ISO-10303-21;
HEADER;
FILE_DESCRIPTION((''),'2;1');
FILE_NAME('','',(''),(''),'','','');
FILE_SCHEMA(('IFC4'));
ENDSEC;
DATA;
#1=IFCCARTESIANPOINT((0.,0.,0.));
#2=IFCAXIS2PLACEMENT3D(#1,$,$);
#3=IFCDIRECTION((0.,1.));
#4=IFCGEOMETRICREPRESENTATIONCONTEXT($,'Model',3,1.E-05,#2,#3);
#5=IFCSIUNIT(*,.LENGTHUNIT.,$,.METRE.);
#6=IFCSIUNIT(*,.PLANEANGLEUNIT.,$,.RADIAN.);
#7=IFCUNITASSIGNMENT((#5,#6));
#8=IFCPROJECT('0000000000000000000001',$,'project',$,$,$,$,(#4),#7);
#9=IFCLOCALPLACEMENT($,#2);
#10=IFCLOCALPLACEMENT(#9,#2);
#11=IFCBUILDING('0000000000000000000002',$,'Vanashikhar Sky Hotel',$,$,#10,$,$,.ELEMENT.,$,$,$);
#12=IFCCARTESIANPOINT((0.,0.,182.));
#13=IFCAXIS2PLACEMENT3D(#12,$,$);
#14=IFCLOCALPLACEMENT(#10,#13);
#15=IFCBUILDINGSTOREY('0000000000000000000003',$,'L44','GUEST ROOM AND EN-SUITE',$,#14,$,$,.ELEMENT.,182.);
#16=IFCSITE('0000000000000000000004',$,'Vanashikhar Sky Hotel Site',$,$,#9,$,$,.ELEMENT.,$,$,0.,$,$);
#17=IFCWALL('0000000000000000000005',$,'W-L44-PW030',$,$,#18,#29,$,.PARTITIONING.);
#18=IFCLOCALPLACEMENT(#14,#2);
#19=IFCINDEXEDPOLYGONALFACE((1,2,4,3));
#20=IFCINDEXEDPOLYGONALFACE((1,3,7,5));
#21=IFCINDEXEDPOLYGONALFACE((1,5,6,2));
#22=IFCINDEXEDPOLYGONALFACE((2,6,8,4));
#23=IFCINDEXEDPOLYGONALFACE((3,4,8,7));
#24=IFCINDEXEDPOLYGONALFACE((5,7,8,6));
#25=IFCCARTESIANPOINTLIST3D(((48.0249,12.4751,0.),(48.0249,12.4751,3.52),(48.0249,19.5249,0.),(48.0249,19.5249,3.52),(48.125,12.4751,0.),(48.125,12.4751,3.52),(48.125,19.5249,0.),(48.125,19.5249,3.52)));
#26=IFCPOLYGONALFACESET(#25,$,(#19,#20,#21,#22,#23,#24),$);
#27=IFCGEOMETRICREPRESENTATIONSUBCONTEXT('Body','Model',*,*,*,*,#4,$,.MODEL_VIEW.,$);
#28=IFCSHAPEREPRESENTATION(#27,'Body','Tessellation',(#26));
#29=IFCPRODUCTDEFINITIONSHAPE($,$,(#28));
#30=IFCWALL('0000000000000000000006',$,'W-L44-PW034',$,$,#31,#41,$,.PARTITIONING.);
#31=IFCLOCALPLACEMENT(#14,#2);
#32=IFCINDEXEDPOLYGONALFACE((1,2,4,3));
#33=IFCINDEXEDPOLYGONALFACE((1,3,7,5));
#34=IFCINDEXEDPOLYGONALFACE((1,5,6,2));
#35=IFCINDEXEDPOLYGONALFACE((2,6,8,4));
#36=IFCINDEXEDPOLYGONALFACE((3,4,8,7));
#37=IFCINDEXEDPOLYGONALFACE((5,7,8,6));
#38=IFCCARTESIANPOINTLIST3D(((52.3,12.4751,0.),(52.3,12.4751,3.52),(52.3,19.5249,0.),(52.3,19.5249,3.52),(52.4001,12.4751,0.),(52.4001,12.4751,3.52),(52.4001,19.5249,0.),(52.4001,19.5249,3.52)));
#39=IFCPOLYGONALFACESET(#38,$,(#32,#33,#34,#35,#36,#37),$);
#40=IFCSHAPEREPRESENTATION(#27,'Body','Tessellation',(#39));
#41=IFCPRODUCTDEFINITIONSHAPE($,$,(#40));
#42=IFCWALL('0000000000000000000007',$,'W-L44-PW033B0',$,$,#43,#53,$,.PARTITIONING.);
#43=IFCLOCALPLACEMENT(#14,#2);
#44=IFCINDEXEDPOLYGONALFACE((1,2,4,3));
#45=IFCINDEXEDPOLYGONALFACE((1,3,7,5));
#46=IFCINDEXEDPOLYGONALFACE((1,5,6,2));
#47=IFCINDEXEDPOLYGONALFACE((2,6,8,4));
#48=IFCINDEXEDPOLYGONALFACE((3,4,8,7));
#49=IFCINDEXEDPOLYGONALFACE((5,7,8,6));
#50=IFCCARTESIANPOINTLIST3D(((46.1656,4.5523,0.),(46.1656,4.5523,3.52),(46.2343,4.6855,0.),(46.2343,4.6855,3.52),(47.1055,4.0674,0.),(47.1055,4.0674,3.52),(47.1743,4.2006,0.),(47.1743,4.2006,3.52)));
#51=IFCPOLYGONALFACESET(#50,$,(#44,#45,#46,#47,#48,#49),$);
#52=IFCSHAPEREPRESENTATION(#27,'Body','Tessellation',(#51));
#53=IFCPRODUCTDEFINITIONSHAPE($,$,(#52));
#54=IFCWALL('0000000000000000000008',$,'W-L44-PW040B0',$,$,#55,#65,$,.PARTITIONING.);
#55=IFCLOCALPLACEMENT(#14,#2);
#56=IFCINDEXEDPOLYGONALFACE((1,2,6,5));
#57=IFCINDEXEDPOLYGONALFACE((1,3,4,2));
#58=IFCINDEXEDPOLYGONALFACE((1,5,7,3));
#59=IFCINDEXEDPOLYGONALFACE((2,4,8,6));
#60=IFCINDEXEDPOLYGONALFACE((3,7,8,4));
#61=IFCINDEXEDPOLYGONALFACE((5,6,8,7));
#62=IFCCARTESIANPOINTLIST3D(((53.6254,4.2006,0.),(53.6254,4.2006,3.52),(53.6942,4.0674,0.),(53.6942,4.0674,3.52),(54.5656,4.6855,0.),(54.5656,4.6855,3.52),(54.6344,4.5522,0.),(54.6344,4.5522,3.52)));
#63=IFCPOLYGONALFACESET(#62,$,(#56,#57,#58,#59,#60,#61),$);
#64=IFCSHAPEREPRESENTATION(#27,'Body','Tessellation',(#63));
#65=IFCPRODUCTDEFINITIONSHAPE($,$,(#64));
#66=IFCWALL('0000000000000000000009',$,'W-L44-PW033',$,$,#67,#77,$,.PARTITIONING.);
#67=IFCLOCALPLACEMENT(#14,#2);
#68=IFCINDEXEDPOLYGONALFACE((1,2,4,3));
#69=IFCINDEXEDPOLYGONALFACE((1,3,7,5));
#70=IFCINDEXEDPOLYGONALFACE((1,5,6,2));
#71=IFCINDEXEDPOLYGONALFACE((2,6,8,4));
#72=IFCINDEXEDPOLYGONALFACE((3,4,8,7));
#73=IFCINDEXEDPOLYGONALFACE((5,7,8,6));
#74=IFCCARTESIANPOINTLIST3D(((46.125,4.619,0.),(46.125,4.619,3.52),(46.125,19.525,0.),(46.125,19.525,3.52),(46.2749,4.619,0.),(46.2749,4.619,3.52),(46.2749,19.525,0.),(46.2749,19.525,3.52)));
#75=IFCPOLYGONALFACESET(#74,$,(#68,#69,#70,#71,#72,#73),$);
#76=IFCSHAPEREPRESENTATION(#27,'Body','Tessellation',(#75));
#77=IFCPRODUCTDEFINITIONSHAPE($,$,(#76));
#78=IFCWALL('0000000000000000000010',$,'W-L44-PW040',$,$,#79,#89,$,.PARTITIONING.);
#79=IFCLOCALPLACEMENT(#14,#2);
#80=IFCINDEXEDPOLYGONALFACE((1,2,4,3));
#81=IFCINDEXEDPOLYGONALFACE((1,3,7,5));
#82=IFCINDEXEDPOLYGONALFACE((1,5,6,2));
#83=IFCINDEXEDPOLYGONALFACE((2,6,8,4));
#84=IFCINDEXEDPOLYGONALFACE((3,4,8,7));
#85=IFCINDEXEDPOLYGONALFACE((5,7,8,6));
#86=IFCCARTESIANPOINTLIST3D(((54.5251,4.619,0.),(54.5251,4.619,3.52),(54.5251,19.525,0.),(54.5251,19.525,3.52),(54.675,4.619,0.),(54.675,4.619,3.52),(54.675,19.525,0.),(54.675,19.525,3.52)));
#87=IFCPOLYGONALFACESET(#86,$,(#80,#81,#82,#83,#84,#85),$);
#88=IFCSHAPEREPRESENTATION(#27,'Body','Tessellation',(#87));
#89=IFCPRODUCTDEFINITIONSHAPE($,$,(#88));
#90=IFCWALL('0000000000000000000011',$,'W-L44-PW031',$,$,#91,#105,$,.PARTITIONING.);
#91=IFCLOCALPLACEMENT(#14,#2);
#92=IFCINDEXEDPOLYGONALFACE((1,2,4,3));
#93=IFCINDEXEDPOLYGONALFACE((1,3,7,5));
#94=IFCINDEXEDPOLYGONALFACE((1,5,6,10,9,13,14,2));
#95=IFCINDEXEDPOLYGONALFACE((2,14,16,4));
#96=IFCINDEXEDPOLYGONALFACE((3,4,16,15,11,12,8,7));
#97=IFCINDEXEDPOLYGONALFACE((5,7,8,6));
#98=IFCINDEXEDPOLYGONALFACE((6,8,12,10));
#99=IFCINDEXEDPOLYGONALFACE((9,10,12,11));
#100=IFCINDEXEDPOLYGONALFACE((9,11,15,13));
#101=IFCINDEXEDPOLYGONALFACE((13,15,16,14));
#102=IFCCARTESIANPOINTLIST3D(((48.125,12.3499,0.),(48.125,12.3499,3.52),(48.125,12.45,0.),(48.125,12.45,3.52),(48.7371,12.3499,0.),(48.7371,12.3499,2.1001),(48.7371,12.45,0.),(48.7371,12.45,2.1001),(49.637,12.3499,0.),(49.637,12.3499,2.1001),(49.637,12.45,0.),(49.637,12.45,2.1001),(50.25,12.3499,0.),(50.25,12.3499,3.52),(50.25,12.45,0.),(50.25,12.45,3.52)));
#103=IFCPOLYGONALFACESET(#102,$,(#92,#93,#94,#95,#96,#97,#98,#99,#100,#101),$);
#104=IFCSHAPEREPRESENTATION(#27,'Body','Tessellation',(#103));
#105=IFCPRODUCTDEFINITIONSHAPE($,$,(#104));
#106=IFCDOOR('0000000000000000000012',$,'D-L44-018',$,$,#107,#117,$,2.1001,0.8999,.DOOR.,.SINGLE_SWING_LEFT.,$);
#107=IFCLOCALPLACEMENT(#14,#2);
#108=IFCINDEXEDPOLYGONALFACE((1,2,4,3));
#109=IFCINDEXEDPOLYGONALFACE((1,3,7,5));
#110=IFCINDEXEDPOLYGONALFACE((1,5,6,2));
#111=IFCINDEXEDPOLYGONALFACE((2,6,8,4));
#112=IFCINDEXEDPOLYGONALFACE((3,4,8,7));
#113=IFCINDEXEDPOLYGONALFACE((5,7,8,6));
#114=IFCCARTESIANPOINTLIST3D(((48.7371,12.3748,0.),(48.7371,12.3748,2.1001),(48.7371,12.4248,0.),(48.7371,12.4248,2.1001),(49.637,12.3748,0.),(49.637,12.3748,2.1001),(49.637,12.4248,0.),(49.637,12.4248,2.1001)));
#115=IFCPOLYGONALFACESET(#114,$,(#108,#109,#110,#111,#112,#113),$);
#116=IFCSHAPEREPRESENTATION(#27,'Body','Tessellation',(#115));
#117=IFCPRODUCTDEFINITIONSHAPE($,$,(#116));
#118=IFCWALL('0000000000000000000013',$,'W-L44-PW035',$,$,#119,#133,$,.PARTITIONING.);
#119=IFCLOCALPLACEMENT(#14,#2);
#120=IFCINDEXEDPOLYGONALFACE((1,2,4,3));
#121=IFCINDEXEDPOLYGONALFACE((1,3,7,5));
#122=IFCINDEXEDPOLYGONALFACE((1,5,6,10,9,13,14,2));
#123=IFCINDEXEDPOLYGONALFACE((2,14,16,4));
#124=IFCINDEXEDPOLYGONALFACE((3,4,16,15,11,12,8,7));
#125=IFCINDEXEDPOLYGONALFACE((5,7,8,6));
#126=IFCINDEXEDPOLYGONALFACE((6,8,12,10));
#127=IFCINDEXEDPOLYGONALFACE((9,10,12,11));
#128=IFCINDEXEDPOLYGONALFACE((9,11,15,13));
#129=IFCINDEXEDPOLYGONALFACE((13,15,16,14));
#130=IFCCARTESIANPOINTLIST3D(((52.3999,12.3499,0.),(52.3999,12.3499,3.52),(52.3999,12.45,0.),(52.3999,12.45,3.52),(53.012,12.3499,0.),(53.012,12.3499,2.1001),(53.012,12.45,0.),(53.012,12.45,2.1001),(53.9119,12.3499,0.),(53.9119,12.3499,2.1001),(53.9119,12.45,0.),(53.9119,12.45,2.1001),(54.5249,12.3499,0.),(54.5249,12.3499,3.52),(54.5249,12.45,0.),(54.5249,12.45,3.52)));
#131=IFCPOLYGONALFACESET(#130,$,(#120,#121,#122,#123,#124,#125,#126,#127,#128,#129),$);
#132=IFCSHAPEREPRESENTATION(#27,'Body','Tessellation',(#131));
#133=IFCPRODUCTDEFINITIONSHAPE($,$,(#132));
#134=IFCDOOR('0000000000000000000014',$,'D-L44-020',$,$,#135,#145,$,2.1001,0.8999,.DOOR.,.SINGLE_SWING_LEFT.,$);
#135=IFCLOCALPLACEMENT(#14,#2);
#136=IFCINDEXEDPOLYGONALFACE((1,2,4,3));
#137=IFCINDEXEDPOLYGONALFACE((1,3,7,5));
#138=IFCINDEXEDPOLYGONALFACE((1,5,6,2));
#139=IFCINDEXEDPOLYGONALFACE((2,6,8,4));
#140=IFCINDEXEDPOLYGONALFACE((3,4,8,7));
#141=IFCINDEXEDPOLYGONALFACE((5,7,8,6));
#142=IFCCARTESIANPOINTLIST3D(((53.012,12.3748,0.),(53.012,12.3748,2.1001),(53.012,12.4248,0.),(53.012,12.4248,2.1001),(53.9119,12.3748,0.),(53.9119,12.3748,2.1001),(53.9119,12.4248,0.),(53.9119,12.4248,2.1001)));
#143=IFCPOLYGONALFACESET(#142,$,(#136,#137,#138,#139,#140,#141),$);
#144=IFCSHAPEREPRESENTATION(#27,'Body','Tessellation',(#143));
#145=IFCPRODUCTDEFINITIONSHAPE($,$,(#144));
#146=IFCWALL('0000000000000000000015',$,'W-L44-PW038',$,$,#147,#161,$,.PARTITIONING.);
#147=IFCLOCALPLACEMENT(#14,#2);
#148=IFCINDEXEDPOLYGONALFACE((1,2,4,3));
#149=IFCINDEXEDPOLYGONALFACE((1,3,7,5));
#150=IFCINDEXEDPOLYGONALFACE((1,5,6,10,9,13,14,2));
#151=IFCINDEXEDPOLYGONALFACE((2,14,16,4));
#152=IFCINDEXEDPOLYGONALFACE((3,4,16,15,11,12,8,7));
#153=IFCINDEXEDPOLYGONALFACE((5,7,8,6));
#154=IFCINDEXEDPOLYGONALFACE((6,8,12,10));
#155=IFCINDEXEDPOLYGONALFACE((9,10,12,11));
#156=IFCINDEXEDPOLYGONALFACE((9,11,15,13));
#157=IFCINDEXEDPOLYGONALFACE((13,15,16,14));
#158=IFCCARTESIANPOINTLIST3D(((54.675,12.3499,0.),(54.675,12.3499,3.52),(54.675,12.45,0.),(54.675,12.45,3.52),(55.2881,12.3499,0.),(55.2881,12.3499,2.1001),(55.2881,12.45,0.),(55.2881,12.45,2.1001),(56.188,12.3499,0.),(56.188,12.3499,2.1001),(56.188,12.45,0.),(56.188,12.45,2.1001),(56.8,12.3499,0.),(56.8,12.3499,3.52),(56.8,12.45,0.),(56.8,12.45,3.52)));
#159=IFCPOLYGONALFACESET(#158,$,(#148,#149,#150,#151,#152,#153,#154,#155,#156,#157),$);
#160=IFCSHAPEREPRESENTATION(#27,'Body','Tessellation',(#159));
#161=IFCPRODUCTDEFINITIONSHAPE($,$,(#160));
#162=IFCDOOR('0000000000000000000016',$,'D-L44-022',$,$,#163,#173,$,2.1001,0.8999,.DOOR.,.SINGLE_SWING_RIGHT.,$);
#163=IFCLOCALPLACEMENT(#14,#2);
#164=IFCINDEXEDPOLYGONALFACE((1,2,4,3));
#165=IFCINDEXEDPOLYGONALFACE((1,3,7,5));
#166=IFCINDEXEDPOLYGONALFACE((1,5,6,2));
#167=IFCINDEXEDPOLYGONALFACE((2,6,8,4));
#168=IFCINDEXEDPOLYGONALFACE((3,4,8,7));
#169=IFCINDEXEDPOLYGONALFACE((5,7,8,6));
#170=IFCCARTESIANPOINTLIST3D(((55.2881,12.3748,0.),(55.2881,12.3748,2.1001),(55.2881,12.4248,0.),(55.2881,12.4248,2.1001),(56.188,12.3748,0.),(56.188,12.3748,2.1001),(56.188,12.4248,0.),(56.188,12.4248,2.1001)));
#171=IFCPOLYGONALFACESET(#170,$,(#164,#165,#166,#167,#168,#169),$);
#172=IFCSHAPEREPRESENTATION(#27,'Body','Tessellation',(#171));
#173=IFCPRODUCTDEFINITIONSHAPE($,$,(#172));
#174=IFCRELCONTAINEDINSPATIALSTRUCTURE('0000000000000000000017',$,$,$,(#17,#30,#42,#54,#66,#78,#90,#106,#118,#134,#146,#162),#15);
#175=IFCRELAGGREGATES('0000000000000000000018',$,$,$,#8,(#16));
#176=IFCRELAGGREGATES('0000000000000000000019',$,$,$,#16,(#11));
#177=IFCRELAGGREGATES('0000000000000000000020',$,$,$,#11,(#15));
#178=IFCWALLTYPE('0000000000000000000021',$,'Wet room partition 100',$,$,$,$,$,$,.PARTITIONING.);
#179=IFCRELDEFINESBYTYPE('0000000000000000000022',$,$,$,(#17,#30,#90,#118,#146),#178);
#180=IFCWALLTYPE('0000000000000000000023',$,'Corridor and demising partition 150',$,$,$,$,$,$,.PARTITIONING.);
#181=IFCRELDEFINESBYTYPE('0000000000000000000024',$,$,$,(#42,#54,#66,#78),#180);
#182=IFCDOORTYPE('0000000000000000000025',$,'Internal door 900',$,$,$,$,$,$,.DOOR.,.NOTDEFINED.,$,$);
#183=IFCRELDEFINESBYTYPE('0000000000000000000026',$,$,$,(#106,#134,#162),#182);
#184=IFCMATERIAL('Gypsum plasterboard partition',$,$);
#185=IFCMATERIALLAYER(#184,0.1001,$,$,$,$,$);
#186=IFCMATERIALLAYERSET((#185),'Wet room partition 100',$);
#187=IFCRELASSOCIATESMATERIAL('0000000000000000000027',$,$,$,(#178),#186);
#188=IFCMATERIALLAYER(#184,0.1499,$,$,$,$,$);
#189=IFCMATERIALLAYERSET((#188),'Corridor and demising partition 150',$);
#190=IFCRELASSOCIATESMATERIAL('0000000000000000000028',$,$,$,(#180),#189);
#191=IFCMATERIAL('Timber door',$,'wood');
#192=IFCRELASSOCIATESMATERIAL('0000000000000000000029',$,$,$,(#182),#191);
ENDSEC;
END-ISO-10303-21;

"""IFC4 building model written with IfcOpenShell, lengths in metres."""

from ifc_helpers import new_model, si_unit, direction, frame, frame_2d, origin, place, context, subcontext, project, spatial, rectangle, extrude, source, transform, mapped, material, layer, layer_set, type_object, element, fill, save


model = new_model("IFC4")

# Units and contexts
model_context = context("Model", 3, precision=1e-05, world=origin(), true_north=direction((0.0, 1.0)))
body_context = subcontext(model_context, "Body", "Model", "MODEL_VIEW")
ifc_project = project(units=[si_unit("LENGTHUNIT", "METRE"), si_unit("PLANEANGLEUNIT", "RADIAN")], contexts=[model_context])

# Site, building, storey
site_placement = place(None, origin())
site = spatial("IfcSite", under=ifc_project, at=site_placement, Name="Vanashikhar Sky Hotel Site", CompositionType="ELEMENT", RefElevation=0.0)
building_placement = place(site_placement, origin())
building = spatial("IfcBuilding", under=site, at=building_placement, Name="Vanashikhar Sky Hotel", CompositionType="ELEMENT")
storey_placement = place(building_placement, frame((0.0, 0.0, 182.0)))
storey = spatial("IfcBuildingStorey", under=building, at=storey_placement, Name="L44", Description="GUEST ROOM AND EN-SUITE", CompositionType="ELEMENT", Elevation=182.0)

# Walls
ifc_material_1 = material(Name="Gypsum plasterboard partition")
ifc_layer_1 = layer(ifc_material_1, 0.1001)
ifc_layer_set_1 = layer_set([ifc_layer_1], Name="Wet room partition 100")
wall_type_1 = type_object("IfcWallType", Name="Wet room partition 100", PredefinedType="PARTITIONING", material=ifc_layer_set_1)
shared_shape_1 = source(origin(), body_context, "Body", "SweptSolid", [
    extrude(rectangle(XDim=7.0498, YDim=0.1001, at=frame_2d((3.5249, 0.0))), origin(), (0.0, 0.0, 1.0), 3.52),
])
for number, where, z_axis, x_axis, name in (
    (1, (48.075, 12.4751, 0.0), (0.0, 0.0, 1.0), (0.0, 1.0, 0.0), "W-L44-PW030"),
    (2, (52.3501, 12.4751, 0.0), (0.0, 0.0, 1.0), (0.0, 1.0, 0.0), "W-L44-PW034"),
):
    element("IfcWall", number, at=place(storey_placement, frame(where, z_axis=z_axis, x_axis=x_axis)), inside=storey, type_object=wall_type_1, Name=name, PredefinedType="PARTITIONING", context=body_context, shape_type="MappedRepresentation", body=[
        mapped(shared_shape_1, transform((0.0, 0.0, 0.0), scale=1.0)),
    ])
ifc_layer_2 = layer(ifc_material_1, 0.1499)
ifc_layer_set_2 = layer_set([ifc_layer_2], Name="Corridor and demising partition 150")
wall_type_2 = type_object("IfcWallType", Name="Corridor and demising partition 150", PredefinedType="PARTITIONING", material=ifc_layer_set_2)
shared_shape_2 = source(origin(), body_context, "Body", "SweptSolid", [
    extrude(rectangle(XDim=1.0576, YDim=0.1499, at=frame_2d((0.5288, 0.0))), origin(), (0.0, 0.0, 1.0), 3.52),
])
wall_1_placement = place(storey_placement, frame((47.1399, 4.134, 0.0), z_axis=(0.0, 0.0, 1.0), x_axis=(-0.888724, 0.458443, 0.0)))
element("IfcWall", 3, at=wall_1_placement, inside=storey, type_object=wall_type_2, Name="W-L44-PW033B0", PredefinedType="PARTITIONING", context=body_context, shape_type="MappedRepresentation", body=[
    mapped(shared_shape_2, transform((0.0, 0.0, 0.0), scale=1.0)),
])
shared_shape_3 = source(origin(), body_context, "Body", "SweptSolid", [
    extrude(rectangle(XDim=1.0579, YDim=0.1499, at=frame_2d((0.5288, 0.0))), origin(), (0.0, 0.0, 1.0), 3.52),
])
wall_2_placement = place(storey_placement, frame((53.6599, 4.134, 0.0), z_axis=(0.0, 0.0, 1.0), x_axis=(0.888772, 0.458349, 0.0)))
element("IfcWall", 4, at=wall_2_placement, inside=storey, type_object=wall_type_2, Name="W-L44-PW040B0", PredefinedType="PARTITIONING", context=body_context, shape_type="MappedRepresentation", body=[
    mapped(shared_shape_3, transform((0.0, 0.0, 0.0), scale=1.0)),
])
shared_shape_4 = source(origin(), body_context, "Body", "SweptSolid", [
    extrude(rectangle(XDim=14.906, YDim=0.1499, at=frame_2d((7.4531, 0.0))), origin(), (0.0, 0.0, 1.0), 3.52),
])
for number, where, z_axis, x_axis, name in (
    (5, (46.2, 4.6189, 0.0), (0.0, 0.0, 1.0), (0.0, 1.0, 0.0), "W-L44-PW033"),
    (6, (54.6001, 4.6189, 0.0), (0.0, 0.0, 1.0), (0.0, 1.0, 0.0), "W-L44-PW040"),
):
    element("IfcWall", number, at=place(storey_placement, frame(where, z_axis=z_axis, x_axis=x_axis)), inside=storey, type_object=wall_type_2, Name=name, PredefinedType="PARTITIONING", context=body_context, shape_type="MappedRepresentation", body=[
        mapped(shared_shape_4, transform((0.0, 0.0, 0.0), scale=1.0)),
    ])

# Walls, openings, doors
shared_shape_5 = source(origin(), body_context, "Body", "SweptSolid", [
    extrude(rectangle(XDim=2.125, YDim=0.1001, at=frame_2d((1.0625, 0.0))), origin(), (0.0, 0.0, 1.0), 3.52),
])
wall_3_placement = place(storey_placement, frame((48.125, 12.3999, 0.0), z_axis=(0.0, 0.0, 1.0), x_axis=(1.0, 0.0, 0.0)))
wall_3 = element("IfcWall", 7, at=wall_3_placement, inside=storey, type_object=wall_type_1, Name="W-L44-PW031", PredefinedType="PARTITIONING", context=body_context, shape_type="MappedRepresentation", body=[
    mapped(shared_shape_5, transform((0.0, 0.0, 0.0), scale=1.0)),
])
shared_shape_6 = source(origin(), body_context, "Body", "SweptSolid", [
    extrude(rectangle(XDim=0.8999, YDim=2.1001, at=frame_2d((0.45, 1.05))), frame((0.0, 0.0601, 0.0), z_axis=(0.0, -1.0, 0.0), x_axis=(1.0, 0.0, 0.0)), (0.0, 0.0, 1.0), 0.1201),
])
opening_1_placement = place(wall_3_placement, frame((0.6121, 0.0, 0.0)))
opening_1 = element("IfcOpeningElement", 8, at=opening_1_placement, cuts=wall_3, PredefinedType="OPENING", context=body_context, shape_type="MappedRepresentation", body=[
    mapped(shared_shape_6, transform((0.0, 0.0, 0.0), scale=1.0)),
])
ifc_material_2 = material(Name="Timber door", Category="wood")
door_type = type_object("IfcDoorType", Name="Internal door 900", OperationType="NOTDEFINED", PredefinedType="DOOR", material=ifc_material_2)
shared_shape_7 = source(origin(), body_context, "Body", "SweptSolid", [
    extrude(rectangle(XDim=0.8999, YDim=2.1001, at=frame_2d((0.45, 1.05))), frame((0.0, 0.0249, 0.0), z_axis=(0.0, -1.0, 0.0), x_axis=(1.0, 0.0, 0.0)), (0.0, 0.0, 1.0), 0.05),
])
door_1_placement = place(opening_1_placement, origin())
door_1 = element("IfcDoor", 9, at=door_1_placement, inside=storey, type_object=door_type, Name="D-L44-018", OperationType="SINGLE_SWING_LEFT", OverallHeight=2.1001, OverallWidth=0.8999, PredefinedType="DOOR", context=body_context, shape_type="MappedRepresentation", body=[
    mapped(shared_shape_7, transform((0.0, 0.0, 0.0), scale=1.0)),
])
fill(opening_1, door_1)
wall_4_placement = place(storey_placement, frame((52.3999, 12.3999, 0.0), z_axis=(0.0, 0.0, 1.0), x_axis=(1.0, 0.0, 0.0)))
wall_4 = element("IfcWall", 10, at=wall_4_placement, inside=storey, type_object=wall_type_1, Name="W-L44-PW035", PredefinedType="PARTITIONING", context=body_context, shape_type="MappedRepresentation", body=[
    mapped(shared_shape_5, transform((0.0, 0.0, 0.0), scale=1.0)),
])
opening_2_placement = place(wall_4_placement, frame((0.6121, 0.0, 0.0)))
opening_2 = element("IfcOpeningElement", 11, at=opening_2_placement, cuts=wall_4, PredefinedType="OPENING", context=body_context, shape_type="MappedRepresentation", body=[
    mapped(shared_shape_6, transform((0.0, 0.0, 0.0), scale=1.0)),
])
door_2_placement = place(opening_2_placement, origin())
door_2 = element("IfcDoor", 12, at=door_2_placement, inside=storey, type_object=door_type, Name="D-L44-020", OperationType="SINGLE_SWING_LEFT", OverallHeight=2.1001, OverallWidth=0.8999, PredefinedType="DOOR", context=body_context, shape_type="MappedRepresentation", body=[
    mapped(shared_shape_7, transform((0.0, 0.0, 0.0), scale=1.0)),
])
fill(opening_2, door_2)
wall_5_placement = place(storey_placement, frame((54.675, 12.3999, 0.0), z_axis=(0.0, 0.0, 1.0), x_axis=(1.0, 0.0, 0.0)))
wall_5 = element("IfcWall", 13, at=wall_5_placement, inside=storey, type_object=wall_type_1, Name="W-L44-PW038", PredefinedType="PARTITIONING", context=body_context, shape_type="MappedRepresentation", body=[
    mapped(shared_shape_5, transform((0.0, 0.0, 0.0), scale=1.0)),
])
opening_3_placement = place(wall_5_placement, frame((0.613, 0.0, 0.0)))
opening_3 = element("IfcOpeningElement", 14, at=opening_3_placement, cuts=wall_5, PredefinedType="OPENING", context=body_context, shape_type="MappedRepresentation", body=[
    mapped(shared_shape_6, transform((0.0, 0.0, 0.0), scale=1.0)),
])
door_3_placement = place(opening_3_placement, origin())
door_3 = element("IfcDoor", 15, at=door_3_placement, inside=storey, type_object=door_type, Name="D-L44-022", OperationType="SINGLE_SWING_RIGHT", OverallHeight=2.1001, OverallWidth=0.8999, PredefinedType="DOOR", context=body_context, shape_type="MappedRepresentation", body=[
    mapped(shared_shape_7, transform((0.0, 0.0, 0.0), scale=1.0)),
])
fill(opening_3, door_3)

save(model, "model.ifc")
